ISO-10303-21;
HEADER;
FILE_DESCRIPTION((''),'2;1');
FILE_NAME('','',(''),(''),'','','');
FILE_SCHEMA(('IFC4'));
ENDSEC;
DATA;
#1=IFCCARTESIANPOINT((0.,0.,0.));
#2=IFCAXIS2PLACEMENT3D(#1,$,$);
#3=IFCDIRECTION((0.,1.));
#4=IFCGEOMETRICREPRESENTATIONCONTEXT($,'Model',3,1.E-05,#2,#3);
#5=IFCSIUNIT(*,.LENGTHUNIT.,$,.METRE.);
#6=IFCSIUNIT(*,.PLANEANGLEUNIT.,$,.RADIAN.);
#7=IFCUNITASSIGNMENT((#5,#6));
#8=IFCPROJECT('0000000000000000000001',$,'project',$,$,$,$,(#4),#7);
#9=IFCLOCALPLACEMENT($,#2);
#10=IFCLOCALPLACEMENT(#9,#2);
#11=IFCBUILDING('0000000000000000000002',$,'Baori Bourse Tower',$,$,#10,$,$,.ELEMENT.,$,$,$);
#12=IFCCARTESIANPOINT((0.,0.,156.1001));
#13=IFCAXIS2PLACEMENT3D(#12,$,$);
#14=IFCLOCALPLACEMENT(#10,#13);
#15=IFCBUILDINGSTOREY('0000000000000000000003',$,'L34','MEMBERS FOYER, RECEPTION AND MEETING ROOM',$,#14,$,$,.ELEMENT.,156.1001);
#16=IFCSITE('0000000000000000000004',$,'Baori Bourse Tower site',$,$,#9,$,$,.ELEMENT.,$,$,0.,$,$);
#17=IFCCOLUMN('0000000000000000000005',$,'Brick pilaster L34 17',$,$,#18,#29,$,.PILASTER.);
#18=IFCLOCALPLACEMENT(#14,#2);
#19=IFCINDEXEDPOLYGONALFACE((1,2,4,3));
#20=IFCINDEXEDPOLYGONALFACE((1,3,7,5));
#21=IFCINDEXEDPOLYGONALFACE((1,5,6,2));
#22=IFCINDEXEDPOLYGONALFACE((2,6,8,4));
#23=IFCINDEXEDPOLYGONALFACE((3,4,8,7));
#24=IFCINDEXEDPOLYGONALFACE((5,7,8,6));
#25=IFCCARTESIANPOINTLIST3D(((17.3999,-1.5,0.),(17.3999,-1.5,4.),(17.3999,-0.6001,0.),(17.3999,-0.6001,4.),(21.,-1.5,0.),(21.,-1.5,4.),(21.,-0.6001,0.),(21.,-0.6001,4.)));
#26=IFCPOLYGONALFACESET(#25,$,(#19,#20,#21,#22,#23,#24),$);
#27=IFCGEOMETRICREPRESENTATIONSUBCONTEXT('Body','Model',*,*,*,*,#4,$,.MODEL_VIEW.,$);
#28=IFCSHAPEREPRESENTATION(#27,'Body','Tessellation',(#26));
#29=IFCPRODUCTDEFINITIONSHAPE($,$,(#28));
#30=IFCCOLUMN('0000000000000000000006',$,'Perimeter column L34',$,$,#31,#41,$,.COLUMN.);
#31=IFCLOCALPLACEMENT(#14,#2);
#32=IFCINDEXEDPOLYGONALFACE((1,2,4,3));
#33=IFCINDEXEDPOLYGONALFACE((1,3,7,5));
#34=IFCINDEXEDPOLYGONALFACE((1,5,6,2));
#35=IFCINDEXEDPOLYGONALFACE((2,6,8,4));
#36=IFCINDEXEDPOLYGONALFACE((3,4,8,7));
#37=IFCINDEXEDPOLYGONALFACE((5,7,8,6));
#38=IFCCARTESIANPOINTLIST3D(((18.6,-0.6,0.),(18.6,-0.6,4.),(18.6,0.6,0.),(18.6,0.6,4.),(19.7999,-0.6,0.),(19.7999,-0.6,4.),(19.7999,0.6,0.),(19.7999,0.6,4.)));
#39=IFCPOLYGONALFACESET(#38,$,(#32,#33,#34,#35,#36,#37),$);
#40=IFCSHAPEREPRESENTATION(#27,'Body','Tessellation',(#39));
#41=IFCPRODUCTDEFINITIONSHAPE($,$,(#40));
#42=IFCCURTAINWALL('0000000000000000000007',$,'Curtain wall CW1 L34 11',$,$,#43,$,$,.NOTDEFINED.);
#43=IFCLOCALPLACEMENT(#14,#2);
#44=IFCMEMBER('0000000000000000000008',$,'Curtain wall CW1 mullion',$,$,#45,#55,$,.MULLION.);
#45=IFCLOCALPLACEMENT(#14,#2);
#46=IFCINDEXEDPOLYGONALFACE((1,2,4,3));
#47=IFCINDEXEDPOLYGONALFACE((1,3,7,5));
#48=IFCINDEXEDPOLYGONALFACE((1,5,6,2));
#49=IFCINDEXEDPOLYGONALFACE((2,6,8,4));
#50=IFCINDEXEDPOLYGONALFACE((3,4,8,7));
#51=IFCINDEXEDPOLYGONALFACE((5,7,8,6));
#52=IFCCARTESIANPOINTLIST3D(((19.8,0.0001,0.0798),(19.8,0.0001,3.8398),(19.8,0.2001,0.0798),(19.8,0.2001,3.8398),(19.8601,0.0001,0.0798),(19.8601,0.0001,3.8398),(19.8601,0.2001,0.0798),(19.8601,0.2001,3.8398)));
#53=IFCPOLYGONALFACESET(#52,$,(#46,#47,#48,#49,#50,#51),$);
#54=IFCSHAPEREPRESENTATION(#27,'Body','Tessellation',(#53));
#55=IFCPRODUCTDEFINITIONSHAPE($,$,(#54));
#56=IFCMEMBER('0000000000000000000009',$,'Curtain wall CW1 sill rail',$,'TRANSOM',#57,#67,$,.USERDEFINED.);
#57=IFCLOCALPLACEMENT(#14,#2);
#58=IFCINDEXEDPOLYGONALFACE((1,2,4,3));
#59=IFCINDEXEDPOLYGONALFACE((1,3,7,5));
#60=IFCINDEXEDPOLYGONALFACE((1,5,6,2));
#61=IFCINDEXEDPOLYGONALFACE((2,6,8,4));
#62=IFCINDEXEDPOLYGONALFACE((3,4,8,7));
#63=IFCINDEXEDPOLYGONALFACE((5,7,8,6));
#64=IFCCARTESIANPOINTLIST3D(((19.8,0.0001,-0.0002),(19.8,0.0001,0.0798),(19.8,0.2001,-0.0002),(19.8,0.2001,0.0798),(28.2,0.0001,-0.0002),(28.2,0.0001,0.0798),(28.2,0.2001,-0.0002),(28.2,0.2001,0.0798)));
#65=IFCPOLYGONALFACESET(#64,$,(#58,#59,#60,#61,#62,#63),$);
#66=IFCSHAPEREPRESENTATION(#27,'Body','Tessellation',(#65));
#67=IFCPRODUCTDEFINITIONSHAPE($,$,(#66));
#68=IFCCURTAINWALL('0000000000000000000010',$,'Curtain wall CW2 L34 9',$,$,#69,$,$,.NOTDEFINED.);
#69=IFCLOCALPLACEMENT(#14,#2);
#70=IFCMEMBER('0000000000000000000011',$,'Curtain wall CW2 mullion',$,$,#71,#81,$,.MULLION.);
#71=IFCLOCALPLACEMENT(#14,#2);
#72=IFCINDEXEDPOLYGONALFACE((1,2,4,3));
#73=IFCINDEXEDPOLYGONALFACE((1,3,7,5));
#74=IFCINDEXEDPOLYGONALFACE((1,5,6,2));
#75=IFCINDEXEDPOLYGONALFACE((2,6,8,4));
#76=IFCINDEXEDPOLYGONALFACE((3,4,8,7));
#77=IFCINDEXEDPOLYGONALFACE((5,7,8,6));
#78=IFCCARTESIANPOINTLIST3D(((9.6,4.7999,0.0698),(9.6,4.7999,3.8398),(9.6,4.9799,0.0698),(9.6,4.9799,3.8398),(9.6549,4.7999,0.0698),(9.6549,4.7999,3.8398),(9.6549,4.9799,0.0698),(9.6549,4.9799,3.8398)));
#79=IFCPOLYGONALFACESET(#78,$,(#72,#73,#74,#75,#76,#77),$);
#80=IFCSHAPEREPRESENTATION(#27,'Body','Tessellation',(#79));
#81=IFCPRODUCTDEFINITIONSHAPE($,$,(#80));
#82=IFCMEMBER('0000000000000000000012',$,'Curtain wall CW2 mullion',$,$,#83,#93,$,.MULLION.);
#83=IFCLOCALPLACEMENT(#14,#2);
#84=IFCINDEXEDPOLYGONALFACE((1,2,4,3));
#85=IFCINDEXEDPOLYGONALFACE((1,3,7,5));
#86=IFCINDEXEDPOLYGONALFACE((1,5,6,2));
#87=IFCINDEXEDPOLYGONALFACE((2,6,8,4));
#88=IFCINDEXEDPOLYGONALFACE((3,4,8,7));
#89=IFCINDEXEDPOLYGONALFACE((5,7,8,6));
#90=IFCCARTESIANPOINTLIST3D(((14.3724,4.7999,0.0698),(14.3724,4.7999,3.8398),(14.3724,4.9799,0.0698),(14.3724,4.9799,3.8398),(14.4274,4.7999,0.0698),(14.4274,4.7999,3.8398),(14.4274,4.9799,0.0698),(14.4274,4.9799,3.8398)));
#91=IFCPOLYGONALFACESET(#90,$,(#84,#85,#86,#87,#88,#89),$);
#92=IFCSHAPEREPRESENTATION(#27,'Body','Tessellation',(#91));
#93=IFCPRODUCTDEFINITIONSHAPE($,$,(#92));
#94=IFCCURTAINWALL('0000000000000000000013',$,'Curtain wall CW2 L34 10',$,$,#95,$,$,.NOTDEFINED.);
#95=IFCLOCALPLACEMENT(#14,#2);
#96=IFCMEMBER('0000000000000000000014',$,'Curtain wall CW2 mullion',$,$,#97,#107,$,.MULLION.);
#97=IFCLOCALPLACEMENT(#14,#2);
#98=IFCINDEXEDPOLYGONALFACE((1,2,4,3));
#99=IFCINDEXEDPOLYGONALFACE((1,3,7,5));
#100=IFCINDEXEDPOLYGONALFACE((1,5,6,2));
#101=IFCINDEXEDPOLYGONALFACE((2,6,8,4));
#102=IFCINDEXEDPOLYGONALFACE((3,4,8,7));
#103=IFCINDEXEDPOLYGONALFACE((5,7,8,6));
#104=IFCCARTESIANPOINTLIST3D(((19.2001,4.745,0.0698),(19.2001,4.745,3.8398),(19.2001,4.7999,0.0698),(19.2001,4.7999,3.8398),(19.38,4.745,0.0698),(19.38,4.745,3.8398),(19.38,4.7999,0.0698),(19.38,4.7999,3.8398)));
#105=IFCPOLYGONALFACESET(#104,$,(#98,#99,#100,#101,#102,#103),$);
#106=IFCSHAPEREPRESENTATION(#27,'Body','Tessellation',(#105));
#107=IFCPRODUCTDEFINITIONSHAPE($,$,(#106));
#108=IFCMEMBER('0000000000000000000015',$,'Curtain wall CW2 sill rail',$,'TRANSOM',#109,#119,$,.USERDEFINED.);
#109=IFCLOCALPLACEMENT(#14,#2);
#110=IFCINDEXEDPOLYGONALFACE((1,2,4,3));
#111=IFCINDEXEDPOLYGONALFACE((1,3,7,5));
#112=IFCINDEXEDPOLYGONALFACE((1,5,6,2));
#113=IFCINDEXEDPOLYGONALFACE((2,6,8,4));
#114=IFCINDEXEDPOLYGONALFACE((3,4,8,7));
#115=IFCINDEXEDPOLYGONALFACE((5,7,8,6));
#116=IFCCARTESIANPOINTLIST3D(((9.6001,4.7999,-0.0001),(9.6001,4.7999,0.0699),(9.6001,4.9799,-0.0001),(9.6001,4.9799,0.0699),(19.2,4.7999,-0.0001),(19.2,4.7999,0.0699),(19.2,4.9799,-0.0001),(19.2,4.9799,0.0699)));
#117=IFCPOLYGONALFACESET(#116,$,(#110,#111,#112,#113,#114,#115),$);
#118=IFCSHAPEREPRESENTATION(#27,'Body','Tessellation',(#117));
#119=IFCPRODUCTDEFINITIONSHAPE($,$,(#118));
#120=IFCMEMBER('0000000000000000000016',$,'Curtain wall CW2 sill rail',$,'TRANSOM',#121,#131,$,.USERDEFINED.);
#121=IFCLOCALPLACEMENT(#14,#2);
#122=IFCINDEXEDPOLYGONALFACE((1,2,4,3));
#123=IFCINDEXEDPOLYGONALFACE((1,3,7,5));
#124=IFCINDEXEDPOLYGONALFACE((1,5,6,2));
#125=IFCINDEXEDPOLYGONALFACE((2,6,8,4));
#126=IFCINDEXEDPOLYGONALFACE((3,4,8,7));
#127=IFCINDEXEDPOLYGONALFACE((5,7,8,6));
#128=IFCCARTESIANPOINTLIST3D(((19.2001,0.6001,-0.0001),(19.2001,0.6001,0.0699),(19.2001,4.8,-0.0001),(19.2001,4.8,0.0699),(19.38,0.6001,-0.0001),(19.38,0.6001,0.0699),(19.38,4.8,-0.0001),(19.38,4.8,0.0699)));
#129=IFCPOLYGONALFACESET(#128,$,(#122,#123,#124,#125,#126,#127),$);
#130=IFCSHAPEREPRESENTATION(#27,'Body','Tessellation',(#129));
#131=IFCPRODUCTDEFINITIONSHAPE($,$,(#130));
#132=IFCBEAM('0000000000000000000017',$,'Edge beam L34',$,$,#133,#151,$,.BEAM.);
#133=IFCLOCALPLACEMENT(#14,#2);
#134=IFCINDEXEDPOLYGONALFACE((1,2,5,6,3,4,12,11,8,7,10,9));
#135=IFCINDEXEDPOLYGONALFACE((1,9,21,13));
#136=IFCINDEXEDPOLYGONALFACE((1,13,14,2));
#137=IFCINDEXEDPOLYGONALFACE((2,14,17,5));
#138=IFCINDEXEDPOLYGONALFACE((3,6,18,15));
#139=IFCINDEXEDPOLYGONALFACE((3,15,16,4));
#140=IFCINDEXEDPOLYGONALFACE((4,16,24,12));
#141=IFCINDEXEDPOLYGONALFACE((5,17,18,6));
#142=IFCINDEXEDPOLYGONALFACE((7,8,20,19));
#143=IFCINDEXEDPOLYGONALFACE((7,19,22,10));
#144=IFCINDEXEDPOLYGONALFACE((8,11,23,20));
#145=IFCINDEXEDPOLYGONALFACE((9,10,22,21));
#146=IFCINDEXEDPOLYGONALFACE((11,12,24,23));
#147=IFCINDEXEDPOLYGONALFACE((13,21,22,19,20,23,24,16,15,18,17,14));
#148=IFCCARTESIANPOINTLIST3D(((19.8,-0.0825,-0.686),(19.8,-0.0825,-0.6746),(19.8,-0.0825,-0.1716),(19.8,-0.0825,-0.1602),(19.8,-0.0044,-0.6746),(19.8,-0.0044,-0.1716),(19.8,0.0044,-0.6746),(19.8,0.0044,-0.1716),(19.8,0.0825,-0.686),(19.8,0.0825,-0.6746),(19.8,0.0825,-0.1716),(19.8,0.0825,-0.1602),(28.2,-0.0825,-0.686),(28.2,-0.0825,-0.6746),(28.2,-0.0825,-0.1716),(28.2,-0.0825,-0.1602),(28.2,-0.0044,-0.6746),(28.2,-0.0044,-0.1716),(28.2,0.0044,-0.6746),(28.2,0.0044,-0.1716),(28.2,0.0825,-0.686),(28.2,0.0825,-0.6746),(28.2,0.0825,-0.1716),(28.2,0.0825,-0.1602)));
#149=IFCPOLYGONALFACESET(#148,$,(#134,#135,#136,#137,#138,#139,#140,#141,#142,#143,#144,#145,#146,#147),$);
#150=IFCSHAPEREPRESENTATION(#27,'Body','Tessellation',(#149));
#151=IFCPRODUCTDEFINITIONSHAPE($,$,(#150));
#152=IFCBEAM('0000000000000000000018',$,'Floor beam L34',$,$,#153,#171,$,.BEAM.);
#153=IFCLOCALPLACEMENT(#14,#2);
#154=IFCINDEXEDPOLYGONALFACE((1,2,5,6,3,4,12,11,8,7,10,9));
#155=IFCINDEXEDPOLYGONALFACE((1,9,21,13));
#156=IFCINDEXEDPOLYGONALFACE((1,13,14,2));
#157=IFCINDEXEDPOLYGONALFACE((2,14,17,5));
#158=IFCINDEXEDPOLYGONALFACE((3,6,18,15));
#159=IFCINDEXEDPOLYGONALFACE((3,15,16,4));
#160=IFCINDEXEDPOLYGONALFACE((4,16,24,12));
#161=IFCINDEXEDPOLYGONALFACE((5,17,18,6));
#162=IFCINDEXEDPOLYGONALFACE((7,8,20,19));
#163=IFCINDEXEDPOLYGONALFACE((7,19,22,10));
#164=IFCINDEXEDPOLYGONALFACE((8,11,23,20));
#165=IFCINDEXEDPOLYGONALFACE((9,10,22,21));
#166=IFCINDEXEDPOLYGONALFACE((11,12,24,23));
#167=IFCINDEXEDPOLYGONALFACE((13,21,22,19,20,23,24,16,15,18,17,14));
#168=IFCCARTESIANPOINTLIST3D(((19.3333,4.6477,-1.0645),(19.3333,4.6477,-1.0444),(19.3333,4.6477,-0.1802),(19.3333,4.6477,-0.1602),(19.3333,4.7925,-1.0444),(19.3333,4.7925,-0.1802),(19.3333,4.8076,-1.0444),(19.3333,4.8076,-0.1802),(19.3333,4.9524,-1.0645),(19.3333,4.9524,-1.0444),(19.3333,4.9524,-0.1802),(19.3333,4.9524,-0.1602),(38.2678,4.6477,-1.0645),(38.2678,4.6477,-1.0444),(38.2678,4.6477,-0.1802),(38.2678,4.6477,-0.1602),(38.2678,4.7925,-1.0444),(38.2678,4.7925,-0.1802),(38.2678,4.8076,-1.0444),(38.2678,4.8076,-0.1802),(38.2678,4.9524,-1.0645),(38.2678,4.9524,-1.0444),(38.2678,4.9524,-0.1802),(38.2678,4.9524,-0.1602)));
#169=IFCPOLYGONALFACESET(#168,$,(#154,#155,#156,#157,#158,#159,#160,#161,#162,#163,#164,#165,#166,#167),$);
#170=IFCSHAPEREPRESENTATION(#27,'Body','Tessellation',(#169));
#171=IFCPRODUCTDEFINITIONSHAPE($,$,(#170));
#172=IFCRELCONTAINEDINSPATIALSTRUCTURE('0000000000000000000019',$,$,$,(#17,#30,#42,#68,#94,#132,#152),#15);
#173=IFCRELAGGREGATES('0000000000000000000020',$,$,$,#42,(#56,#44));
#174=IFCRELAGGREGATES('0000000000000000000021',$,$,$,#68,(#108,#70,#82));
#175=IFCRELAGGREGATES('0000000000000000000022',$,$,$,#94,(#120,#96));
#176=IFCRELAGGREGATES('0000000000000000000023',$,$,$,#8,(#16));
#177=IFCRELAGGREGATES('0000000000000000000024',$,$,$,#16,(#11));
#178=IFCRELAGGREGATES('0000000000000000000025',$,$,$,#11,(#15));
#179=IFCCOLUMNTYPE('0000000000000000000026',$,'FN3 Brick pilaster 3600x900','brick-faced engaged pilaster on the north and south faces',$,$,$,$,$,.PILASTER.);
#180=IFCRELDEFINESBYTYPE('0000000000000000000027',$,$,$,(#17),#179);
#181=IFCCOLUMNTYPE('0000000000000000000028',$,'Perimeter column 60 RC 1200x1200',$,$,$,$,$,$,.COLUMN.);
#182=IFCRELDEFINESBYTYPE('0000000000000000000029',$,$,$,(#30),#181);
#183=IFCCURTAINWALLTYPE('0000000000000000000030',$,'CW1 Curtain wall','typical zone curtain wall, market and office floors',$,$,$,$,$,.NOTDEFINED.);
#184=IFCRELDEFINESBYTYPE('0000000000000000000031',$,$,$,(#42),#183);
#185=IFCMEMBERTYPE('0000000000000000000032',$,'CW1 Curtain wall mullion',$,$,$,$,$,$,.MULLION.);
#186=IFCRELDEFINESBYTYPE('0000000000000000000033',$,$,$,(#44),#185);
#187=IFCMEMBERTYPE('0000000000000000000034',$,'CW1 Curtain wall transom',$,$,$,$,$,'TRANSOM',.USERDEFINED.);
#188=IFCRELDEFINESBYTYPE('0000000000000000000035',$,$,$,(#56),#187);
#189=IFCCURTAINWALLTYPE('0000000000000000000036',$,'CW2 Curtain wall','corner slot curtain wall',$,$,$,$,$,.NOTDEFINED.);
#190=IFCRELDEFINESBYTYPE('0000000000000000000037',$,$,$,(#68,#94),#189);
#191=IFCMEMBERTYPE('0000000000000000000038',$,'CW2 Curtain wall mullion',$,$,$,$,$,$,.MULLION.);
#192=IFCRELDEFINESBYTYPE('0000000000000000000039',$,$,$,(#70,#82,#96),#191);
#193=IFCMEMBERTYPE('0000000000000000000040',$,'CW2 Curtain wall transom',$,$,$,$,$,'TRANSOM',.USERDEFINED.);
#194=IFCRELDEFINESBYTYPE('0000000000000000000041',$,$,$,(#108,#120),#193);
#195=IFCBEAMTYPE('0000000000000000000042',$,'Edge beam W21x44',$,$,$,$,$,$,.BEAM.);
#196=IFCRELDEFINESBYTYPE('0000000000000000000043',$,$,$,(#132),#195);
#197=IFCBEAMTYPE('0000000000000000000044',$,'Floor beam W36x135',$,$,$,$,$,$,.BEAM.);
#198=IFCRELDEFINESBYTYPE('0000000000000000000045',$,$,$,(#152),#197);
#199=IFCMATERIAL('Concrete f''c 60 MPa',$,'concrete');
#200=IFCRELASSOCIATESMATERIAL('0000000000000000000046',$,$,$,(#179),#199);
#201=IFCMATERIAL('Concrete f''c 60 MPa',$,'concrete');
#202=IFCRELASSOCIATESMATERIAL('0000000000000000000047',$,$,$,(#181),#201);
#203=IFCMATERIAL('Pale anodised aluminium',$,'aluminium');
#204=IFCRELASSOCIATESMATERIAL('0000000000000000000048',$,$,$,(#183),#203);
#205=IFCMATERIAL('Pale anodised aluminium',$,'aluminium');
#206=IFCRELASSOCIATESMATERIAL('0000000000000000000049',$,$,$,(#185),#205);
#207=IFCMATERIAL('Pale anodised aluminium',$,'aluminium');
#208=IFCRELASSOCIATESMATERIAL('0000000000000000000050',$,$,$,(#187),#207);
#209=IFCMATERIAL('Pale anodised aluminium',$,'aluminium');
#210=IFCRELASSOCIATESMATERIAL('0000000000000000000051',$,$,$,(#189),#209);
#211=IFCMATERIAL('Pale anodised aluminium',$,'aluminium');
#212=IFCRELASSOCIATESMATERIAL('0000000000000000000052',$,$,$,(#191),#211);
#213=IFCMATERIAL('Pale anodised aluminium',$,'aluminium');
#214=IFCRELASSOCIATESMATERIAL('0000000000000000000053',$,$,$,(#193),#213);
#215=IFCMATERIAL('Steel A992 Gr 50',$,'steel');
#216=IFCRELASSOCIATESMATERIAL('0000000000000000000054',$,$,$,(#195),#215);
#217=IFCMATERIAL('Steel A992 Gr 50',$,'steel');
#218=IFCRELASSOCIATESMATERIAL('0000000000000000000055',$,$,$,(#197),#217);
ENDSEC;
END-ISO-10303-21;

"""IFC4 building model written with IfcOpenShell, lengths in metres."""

from ifc_helpers import new_model, si_unit, direction, frame, origin, origin_2d, place, context, subcontext, project, spatial, rectangle, i_section, extrude, material, material_profile, profile_set, type_object, element, aggregate, save


model = new_model("IFC4")

# Units and contexts
model_context = context("Model", 3, precision=1e-05, world=origin(), true_north=direction((0.0, 1.0)))
body_context = subcontext(model_context, "Body", "Model", "MODEL_VIEW")
ifc_project = project(units=[si_unit("LENGTHUNIT", "METRE"), si_unit("PLANEANGLEUNIT", "RADIAN")], contexts=[model_context])

# Site, building, storey
site_placement = place(None, origin())
site = spatial("IfcSite", under=ifc_project, at=site_placement, Name="Baori Bourse Tower site", CompositionType="ELEMENT", RefElevation=0.0)
building_placement = place(site_placement, origin())
building = spatial("IfcBuilding", under=site, at=building_placement, Name="Baori Bourse Tower", CompositionType="ELEMENT")
storey_placement = place(building_placement, frame((0.0, 0.0, 156.1001)))
storey = spatial("IfcBuildingStorey", under=building, at=storey_placement, Name="L34", Description="MEMBERS FOYER, RECEPTION AND MEETING ROOM", CompositionType="ELEMENT", Elevation=156.1001)

# Columns
ifc_material_1 = material(Name="Concrete f'c 60 MPa", Category="concrete")
ifc_material_profile_1 = material_profile(ifc_material_1, rectangle(XDim=3.6001, YDim=0.8999, at=origin_2d()), Name="RC 3600x900")
ifc_profile_set_1 = profile_set([ifc_material_profile_1], Name="Concrete f'c 60 MPa")
column_type_1 = type_object("IfcColumnType", Name="FN3 Brick pilaster 3600x900", Description="brick-faced engaged pilaster on the north and south faces", PredefinedType="PILASTER", material=ifc_profile_set_1)
column_1_placement = place(storey_placement, frame((19.2, -1.05, 0.0), z_axis=(0.0, 0.0, 1.0), x_axis=(1.0, 0.0, 0.0)))
element("IfcColumn", 1, at=column_1_placement, inside=storey, type_object=column_type_1, Name="Brick pilaster L34 17", PredefinedType="PILASTER", context=body_context, shape_type="SweptSolid", body=[
    extrude(rectangle(XDim=3.6001, YDim=0.8999, at=origin_2d()), origin(), (0.0, 0.0, 1.0), 4.0),
])
ifc_material_2 = material(Name="Concrete f'c 60 MPa", Category="concrete")
ifc_material_profile_2 = material_profile(ifc_material_2, rectangle(XDim=1.2, YDim=1.2, at=origin_2d()), Name="RC 1200x1200")
ifc_profile_set_2 = profile_set([ifc_material_profile_2], Name="Concrete f'c 60 MPa")
column_type_2 = type_object("IfcColumnType", Name="Perimeter column 60 RC 1200x1200", PredefinedType="COLUMN", material=ifc_profile_set_2)
column_2_placement = place(storey_placement, frame((19.2, 0.0, 0.0), z_axis=(0.0, 0.0, 1.0), x_axis=(1.0, 0.0, 0.0)))
element("IfcColumn", 2, at=column_2_placement, inside=storey, type_object=column_type_2, Name="Perimeter column L34", PredefinedType="COLUMN", context=body_context, shape_type="SweptSolid", body=[
    extrude(rectangle(XDim=1.2, YDim=1.2, at=origin_2d()), origin(), (0.0, 0.0, 1.0), 4.0),
])

# Curtain walls, members
ifc_material_3 = material(Name="Pale anodised aluminium", Category="aluminium")
curtain_wall_type_1 = type_object("IfcCurtainWallType", Name="CW1 Curtain wall", Description="typical zone curtain wall, market and office floors", PredefinedType="NOTDEFINED", material=ifc_material_3)
curtain_wall_1_placement = place(storey_placement, origin())
curtain_wall_1 = element("IfcCurtainWall", 3, at=curtain_wall_1_placement, inside=storey, type_object=curtain_wall_type_1, Name="Curtain wall CW1 L34 11", PredefinedType="NOTDEFINED")
ifc_material_4 = material(Name="Pale anodised aluminium", Category="aluminium")
ifc_material_profile_3 = material_profile(ifc_material_4, rectangle(XDim=0.2, YDim=0.0601, at=origin_2d()), Name="Mullion 60x200")
ifc_profile_set_3 = profile_set([ifc_material_profile_3], Name="Pale anodised aluminium")
member_type_1 = type_object("IfcMemberType", Name="CW1 Curtain wall mullion", PredefinedType="MULLION", material=ifc_profile_set_3)
member_1_placement = place(storey_placement, frame((19.8301, 0.1001, 0.0798), z_axis=(0.0, 0.0, 1.0), x_axis=(0.0, 1.0, 0.0)))
member_1 = element("IfcMember", 4, at=member_1_placement, type_object=member_type_1, Name="Curtain wall CW1 mullion", PredefinedType="MULLION", context=body_context, shape_type="SweptSolid", body=[
    extrude(rectangle(XDim=0.2, YDim=0.0601, at=origin_2d()), origin(), (0.0, 0.0, 1.0), 3.76),
])
ifc_material_5 = material(Name="Pale anodised aluminium", Category="aluminium")
ifc_material_profile_4 = material_profile(ifc_material_5, rectangle(XDim=0.2, YDim=0.0801, at=origin_2d()), Name="Transom 80x200")
ifc_profile_set_4 = profile_set([ifc_material_profile_4], Name="Pale anodised aluminium")
member_type_2 = type_object("IfcMemberType", Name="CW1 Curtain wall transom", ElementType="TRANSOM", PredefinedType="USERDEFINED", material=ifc_profile_set_4)
member_2_placement = place(storey_placement, frame((19.8, 0.1001, 0.0398), z_axis=(1.0, 0.0, 0.0), x_axis=(0.0, 1.0, 0.0)))
member_2 = element("IfcMember", 5, at=member_2_placement, type_object=member_type_2, Name="Curtain wall CW1 sill rail", ObjectType="TRANSOM", PredefinedType="USERDEFINED", context=body_context, shape_type="SweptSolid", body=[
    extrude(rectangle(XDim=0.2, YDim=0.0801, at=origin_2d()), origin(), (0.0, 0.0, 1.0), 8.3999),
])
aggregate(curtain_wall_1, [member_2, member_1])
ifc_material_6 = material(Name="Pale anodised aluminium", Category="aluminium")
curtain_wall_type_2 = type_object("IfcCurtainWallType", Name="CW2 Curtain wall", Description="corner slot curtain wall", PredefinedType="NOTDEFINED", material=ifc_material_6)
curtain_wall_2_placement = place(storey_placement, origin())
curtain_wall_2 = element("IfcCurtainWall", 6, at=curtain_wall_2_placement, inside=storey, type_object=curtain_wall_type_2, Name="Curtain wall CW2 L34 9", PredefinedType="NOTDEFINED")
ifc_material_7 = material(Name="Pale anodised aluminium", Category="aluminium")
ifc_material_profile_5 = material_profile(ifc_material_7, rectangle(XDim=0.1799, YDim=0.0549, at=origin_2d()), Name="Mullion 55x180")
ifc_profile_set_5 = profile_set([ifc_material_profile_5], Name="Pale anodised aluminium")
member_type_3 = type_object("IfcMemberType", Name="CW2 Curtain wall mullion", PredefinedType="MULLION", material=ifc_profile_set_5)
member_3_placement = place(storey_placement, frame((9.6274, 4.8899, 0.0698), z_axis=(0.0, 0.0, 1.0), x_axis=(0.0, 1.0, 0.0)))
member_3 = element("IfcMember", 7, at=member_3_placement, type_object=member_type_3, Name="Curtain wall CW2 mullion", PredefinedType="MULLION", context=body_context, shape_type="SweptSolid", body=[
    extrude(rectangle(XDim=0.1799, YDim=0.0549, at=origin_2d()), origin(), (0.0, 0.0, 1.0), 3.77),
])
member_4_placement = place(storey_placement, frame((14.3999, 4.8899, 0.0698), z_axis=(0.0, 0.0, 1.0), x_axis=(0.0, 1.0, 0.0)))
member_4 = element("IfcMember", 8, at=member_4_placement, type_object=member_type_3, Name="Curtain wall CW2 mullion", PredefinedType="MULLION", context=body_context, shape_type="SweptSolid", body=[
    extrude(rectangle(XDim=0.1799, YDim=0.0549, at=origin_2d()), origin(), (0.0, 0.0, 1.0), 3.77),
])

# Curtain wall, member
curtain_wall_3_placement = place(storey_placement, origin())
curtain_wall_3 = element("IfcCurtainWall", 9, at=curtain_wall_3_placement, inside=storey, type_object=curtain_wall_type_2, Name="Curtain wall CW2 L34 10", PredefinedType="NOTDEFINED")
member_5_placement = place(storey_placement, frame((19.29, 4.7725, 0.0698), z_axis=(0.0, 0.0, 1.0), x_axis=(1.0, 0.0, 0.0)))
member_5 = element("IfcMember", 10, at=member_5_placement, type_object=member_type_3, Name="Curtain wall CW2 mullion", PredefinedType="MULLION", context=body_context, shape_type="SweptSolid", body=[
    extrude(rectangle(XDim=0.1799, YDim=0.0549, at=origin_2d()), origin(), (0.0, 0.0, 1.0), 3.77),
])

# Members
ifc_material_8 = material(Name="Pale anodised aluminium", Category="aluminium")
ifc_material_profile_6 = material_profile(ifc_material_8, rectangle(XDim=0.1799, YDim=0.0701, at=origin_2d()), Name="Transom 70x180")
ifc_profile_set_6 = profile_set([ifc_material_profile_6], Name="Pale anodised aluminium")
member_type_4 = type_object("IfcMemberType", Name="CW2 Curtain wall transom", ElementType="TRANSOM", PredefinedType="USERDEFINED", material=ifc_profile_set_6)
member_6_placement = place(storey_placement, frame((9.6001, 4.8899, 0.0349), z_axis=(1.0, 0.0, 0.0), x_axis=(0.0, 1.0, 0.0)))
member_6 = element("IfcMember", 11, at=member_6_placement, type_object=member_type_4, Name="Curtain wall CW2 sill rail", ObjectType="TRANSOM", PredefinedType="USERDEFINED", context=body_context, shape_type="SweptSolid", body=[
    extrude(rectangle(XDim=0.1799, YDim=0.0701, at=origin_2d()), origin(), (0.0, 0.0, 1.0), 9.5999),
])
member_7_placement = place(storey_placement, frame((19.29, 4.8, 0.0349), z_axis=(0.0, -1.0, 0.0), x_axis=(1.0, 0.0, 0.0)))
member_7 = element("IfcMember", 12, at=member_7_placement, type_object=member_type_4, Name="Curtain wall CW2 sill rail", ObjectType="TRANSOM", PredefinedType="USERDEFINED", context=body_context, shape_type="SweptSolid", body=[
    extrude(rectangle(XDim=0.1799, YDim=0.0701, at=origin_2d()), origin(), (0.0, 0.0, 1.0), 4.2),
])

# Beams
ifc_material_9 = material(Name="Steel A992 Gr 50", Category="steel")
ifc_material_profile_7 = material_profile(ifc_material_9, i_section(OverallWidth=0.165, OverallDepth=0.5259, WebThickness=0.0088, FlangeThickness=0.0115, at=origin_2d()), Name="W21x44")
ifc_profile_set_7 = profile_set([ifc_material_profile_7], Name="Steel A992 Gr 50")
beam_type_1 = type_object("IfcBeamType", Name="Edge beam W21x44", PredefinedType="BEAM", material=ifc_profile_set_7)
beam_1_placement = place(storey_placement, frame((19.8, 0.0, -0.4231), z_axis=(1.0, 0.0, 0.0), x_axis=(0.0, 1.0, 0.0)))
element("IfcBeam", 13, at=beam_1_placement, inside=storey, type_object=beam_type_1, Name="Edge beam L34", PredefinedType="BEAM", context=body_context, shape_type="SweptSolid", body=[
    extrude(i_section(OverallWidth=0.165, OverallDepth=0.5259, WebThickness=0.0088, FlangeThickness=0.0115, at=origin_2d()), origin(), (0.0, 0.0, 1.0), 8.3999),
])
ifc_material_10 = material(Name="Steel A992 Gr 50", Category="steel")
ifc_material_profile_8 = material_profile(ifc_material_10, i_section(OverallWidth=0.3047, OverallDepth=0.9043, WebThickness=0.0151, FlangeThickness=0.02, at=origin_2d()), Name="W36x135")
ifc_profile_set_8 = profile_set([ifc_material_profile_8], Name="Steel A992 Gr 50")
beam_type_2 = type_object("IfcBeamType", Name="Floor beam W36x135", PredefinedType="BEAM", material=ifc_profile_set_8)
beam_2_placement = place(storey_placement, frame((19.3333, 4.8, -0.6123), z_axis=(1.0, 0.0, 0.0), x_axis=(0.0, 1.0, 0.0)))
element("IfcBeam", 14, at=beam_2_placement, inside=storey, type_object=beam_type_2, Name="Floor beam L34", PredefinedType="BEAM", context=body_context, shape_type="SweptSolid", body=[
    extrude(i_section(OverallWidth=0.3047, OverallDepth=0.9043, WebThickness=0.0151, FlangeThickness=0.02, at=origin_2d()), origin(), (0.0, 0.0, 1.0), 18.9346),
])

aggregate(curtain_wall_2, [member_6, member_3, member_4])
aggregate(curtain_wall_3, [member_7, member_5])

save(model, "model.ifc")
